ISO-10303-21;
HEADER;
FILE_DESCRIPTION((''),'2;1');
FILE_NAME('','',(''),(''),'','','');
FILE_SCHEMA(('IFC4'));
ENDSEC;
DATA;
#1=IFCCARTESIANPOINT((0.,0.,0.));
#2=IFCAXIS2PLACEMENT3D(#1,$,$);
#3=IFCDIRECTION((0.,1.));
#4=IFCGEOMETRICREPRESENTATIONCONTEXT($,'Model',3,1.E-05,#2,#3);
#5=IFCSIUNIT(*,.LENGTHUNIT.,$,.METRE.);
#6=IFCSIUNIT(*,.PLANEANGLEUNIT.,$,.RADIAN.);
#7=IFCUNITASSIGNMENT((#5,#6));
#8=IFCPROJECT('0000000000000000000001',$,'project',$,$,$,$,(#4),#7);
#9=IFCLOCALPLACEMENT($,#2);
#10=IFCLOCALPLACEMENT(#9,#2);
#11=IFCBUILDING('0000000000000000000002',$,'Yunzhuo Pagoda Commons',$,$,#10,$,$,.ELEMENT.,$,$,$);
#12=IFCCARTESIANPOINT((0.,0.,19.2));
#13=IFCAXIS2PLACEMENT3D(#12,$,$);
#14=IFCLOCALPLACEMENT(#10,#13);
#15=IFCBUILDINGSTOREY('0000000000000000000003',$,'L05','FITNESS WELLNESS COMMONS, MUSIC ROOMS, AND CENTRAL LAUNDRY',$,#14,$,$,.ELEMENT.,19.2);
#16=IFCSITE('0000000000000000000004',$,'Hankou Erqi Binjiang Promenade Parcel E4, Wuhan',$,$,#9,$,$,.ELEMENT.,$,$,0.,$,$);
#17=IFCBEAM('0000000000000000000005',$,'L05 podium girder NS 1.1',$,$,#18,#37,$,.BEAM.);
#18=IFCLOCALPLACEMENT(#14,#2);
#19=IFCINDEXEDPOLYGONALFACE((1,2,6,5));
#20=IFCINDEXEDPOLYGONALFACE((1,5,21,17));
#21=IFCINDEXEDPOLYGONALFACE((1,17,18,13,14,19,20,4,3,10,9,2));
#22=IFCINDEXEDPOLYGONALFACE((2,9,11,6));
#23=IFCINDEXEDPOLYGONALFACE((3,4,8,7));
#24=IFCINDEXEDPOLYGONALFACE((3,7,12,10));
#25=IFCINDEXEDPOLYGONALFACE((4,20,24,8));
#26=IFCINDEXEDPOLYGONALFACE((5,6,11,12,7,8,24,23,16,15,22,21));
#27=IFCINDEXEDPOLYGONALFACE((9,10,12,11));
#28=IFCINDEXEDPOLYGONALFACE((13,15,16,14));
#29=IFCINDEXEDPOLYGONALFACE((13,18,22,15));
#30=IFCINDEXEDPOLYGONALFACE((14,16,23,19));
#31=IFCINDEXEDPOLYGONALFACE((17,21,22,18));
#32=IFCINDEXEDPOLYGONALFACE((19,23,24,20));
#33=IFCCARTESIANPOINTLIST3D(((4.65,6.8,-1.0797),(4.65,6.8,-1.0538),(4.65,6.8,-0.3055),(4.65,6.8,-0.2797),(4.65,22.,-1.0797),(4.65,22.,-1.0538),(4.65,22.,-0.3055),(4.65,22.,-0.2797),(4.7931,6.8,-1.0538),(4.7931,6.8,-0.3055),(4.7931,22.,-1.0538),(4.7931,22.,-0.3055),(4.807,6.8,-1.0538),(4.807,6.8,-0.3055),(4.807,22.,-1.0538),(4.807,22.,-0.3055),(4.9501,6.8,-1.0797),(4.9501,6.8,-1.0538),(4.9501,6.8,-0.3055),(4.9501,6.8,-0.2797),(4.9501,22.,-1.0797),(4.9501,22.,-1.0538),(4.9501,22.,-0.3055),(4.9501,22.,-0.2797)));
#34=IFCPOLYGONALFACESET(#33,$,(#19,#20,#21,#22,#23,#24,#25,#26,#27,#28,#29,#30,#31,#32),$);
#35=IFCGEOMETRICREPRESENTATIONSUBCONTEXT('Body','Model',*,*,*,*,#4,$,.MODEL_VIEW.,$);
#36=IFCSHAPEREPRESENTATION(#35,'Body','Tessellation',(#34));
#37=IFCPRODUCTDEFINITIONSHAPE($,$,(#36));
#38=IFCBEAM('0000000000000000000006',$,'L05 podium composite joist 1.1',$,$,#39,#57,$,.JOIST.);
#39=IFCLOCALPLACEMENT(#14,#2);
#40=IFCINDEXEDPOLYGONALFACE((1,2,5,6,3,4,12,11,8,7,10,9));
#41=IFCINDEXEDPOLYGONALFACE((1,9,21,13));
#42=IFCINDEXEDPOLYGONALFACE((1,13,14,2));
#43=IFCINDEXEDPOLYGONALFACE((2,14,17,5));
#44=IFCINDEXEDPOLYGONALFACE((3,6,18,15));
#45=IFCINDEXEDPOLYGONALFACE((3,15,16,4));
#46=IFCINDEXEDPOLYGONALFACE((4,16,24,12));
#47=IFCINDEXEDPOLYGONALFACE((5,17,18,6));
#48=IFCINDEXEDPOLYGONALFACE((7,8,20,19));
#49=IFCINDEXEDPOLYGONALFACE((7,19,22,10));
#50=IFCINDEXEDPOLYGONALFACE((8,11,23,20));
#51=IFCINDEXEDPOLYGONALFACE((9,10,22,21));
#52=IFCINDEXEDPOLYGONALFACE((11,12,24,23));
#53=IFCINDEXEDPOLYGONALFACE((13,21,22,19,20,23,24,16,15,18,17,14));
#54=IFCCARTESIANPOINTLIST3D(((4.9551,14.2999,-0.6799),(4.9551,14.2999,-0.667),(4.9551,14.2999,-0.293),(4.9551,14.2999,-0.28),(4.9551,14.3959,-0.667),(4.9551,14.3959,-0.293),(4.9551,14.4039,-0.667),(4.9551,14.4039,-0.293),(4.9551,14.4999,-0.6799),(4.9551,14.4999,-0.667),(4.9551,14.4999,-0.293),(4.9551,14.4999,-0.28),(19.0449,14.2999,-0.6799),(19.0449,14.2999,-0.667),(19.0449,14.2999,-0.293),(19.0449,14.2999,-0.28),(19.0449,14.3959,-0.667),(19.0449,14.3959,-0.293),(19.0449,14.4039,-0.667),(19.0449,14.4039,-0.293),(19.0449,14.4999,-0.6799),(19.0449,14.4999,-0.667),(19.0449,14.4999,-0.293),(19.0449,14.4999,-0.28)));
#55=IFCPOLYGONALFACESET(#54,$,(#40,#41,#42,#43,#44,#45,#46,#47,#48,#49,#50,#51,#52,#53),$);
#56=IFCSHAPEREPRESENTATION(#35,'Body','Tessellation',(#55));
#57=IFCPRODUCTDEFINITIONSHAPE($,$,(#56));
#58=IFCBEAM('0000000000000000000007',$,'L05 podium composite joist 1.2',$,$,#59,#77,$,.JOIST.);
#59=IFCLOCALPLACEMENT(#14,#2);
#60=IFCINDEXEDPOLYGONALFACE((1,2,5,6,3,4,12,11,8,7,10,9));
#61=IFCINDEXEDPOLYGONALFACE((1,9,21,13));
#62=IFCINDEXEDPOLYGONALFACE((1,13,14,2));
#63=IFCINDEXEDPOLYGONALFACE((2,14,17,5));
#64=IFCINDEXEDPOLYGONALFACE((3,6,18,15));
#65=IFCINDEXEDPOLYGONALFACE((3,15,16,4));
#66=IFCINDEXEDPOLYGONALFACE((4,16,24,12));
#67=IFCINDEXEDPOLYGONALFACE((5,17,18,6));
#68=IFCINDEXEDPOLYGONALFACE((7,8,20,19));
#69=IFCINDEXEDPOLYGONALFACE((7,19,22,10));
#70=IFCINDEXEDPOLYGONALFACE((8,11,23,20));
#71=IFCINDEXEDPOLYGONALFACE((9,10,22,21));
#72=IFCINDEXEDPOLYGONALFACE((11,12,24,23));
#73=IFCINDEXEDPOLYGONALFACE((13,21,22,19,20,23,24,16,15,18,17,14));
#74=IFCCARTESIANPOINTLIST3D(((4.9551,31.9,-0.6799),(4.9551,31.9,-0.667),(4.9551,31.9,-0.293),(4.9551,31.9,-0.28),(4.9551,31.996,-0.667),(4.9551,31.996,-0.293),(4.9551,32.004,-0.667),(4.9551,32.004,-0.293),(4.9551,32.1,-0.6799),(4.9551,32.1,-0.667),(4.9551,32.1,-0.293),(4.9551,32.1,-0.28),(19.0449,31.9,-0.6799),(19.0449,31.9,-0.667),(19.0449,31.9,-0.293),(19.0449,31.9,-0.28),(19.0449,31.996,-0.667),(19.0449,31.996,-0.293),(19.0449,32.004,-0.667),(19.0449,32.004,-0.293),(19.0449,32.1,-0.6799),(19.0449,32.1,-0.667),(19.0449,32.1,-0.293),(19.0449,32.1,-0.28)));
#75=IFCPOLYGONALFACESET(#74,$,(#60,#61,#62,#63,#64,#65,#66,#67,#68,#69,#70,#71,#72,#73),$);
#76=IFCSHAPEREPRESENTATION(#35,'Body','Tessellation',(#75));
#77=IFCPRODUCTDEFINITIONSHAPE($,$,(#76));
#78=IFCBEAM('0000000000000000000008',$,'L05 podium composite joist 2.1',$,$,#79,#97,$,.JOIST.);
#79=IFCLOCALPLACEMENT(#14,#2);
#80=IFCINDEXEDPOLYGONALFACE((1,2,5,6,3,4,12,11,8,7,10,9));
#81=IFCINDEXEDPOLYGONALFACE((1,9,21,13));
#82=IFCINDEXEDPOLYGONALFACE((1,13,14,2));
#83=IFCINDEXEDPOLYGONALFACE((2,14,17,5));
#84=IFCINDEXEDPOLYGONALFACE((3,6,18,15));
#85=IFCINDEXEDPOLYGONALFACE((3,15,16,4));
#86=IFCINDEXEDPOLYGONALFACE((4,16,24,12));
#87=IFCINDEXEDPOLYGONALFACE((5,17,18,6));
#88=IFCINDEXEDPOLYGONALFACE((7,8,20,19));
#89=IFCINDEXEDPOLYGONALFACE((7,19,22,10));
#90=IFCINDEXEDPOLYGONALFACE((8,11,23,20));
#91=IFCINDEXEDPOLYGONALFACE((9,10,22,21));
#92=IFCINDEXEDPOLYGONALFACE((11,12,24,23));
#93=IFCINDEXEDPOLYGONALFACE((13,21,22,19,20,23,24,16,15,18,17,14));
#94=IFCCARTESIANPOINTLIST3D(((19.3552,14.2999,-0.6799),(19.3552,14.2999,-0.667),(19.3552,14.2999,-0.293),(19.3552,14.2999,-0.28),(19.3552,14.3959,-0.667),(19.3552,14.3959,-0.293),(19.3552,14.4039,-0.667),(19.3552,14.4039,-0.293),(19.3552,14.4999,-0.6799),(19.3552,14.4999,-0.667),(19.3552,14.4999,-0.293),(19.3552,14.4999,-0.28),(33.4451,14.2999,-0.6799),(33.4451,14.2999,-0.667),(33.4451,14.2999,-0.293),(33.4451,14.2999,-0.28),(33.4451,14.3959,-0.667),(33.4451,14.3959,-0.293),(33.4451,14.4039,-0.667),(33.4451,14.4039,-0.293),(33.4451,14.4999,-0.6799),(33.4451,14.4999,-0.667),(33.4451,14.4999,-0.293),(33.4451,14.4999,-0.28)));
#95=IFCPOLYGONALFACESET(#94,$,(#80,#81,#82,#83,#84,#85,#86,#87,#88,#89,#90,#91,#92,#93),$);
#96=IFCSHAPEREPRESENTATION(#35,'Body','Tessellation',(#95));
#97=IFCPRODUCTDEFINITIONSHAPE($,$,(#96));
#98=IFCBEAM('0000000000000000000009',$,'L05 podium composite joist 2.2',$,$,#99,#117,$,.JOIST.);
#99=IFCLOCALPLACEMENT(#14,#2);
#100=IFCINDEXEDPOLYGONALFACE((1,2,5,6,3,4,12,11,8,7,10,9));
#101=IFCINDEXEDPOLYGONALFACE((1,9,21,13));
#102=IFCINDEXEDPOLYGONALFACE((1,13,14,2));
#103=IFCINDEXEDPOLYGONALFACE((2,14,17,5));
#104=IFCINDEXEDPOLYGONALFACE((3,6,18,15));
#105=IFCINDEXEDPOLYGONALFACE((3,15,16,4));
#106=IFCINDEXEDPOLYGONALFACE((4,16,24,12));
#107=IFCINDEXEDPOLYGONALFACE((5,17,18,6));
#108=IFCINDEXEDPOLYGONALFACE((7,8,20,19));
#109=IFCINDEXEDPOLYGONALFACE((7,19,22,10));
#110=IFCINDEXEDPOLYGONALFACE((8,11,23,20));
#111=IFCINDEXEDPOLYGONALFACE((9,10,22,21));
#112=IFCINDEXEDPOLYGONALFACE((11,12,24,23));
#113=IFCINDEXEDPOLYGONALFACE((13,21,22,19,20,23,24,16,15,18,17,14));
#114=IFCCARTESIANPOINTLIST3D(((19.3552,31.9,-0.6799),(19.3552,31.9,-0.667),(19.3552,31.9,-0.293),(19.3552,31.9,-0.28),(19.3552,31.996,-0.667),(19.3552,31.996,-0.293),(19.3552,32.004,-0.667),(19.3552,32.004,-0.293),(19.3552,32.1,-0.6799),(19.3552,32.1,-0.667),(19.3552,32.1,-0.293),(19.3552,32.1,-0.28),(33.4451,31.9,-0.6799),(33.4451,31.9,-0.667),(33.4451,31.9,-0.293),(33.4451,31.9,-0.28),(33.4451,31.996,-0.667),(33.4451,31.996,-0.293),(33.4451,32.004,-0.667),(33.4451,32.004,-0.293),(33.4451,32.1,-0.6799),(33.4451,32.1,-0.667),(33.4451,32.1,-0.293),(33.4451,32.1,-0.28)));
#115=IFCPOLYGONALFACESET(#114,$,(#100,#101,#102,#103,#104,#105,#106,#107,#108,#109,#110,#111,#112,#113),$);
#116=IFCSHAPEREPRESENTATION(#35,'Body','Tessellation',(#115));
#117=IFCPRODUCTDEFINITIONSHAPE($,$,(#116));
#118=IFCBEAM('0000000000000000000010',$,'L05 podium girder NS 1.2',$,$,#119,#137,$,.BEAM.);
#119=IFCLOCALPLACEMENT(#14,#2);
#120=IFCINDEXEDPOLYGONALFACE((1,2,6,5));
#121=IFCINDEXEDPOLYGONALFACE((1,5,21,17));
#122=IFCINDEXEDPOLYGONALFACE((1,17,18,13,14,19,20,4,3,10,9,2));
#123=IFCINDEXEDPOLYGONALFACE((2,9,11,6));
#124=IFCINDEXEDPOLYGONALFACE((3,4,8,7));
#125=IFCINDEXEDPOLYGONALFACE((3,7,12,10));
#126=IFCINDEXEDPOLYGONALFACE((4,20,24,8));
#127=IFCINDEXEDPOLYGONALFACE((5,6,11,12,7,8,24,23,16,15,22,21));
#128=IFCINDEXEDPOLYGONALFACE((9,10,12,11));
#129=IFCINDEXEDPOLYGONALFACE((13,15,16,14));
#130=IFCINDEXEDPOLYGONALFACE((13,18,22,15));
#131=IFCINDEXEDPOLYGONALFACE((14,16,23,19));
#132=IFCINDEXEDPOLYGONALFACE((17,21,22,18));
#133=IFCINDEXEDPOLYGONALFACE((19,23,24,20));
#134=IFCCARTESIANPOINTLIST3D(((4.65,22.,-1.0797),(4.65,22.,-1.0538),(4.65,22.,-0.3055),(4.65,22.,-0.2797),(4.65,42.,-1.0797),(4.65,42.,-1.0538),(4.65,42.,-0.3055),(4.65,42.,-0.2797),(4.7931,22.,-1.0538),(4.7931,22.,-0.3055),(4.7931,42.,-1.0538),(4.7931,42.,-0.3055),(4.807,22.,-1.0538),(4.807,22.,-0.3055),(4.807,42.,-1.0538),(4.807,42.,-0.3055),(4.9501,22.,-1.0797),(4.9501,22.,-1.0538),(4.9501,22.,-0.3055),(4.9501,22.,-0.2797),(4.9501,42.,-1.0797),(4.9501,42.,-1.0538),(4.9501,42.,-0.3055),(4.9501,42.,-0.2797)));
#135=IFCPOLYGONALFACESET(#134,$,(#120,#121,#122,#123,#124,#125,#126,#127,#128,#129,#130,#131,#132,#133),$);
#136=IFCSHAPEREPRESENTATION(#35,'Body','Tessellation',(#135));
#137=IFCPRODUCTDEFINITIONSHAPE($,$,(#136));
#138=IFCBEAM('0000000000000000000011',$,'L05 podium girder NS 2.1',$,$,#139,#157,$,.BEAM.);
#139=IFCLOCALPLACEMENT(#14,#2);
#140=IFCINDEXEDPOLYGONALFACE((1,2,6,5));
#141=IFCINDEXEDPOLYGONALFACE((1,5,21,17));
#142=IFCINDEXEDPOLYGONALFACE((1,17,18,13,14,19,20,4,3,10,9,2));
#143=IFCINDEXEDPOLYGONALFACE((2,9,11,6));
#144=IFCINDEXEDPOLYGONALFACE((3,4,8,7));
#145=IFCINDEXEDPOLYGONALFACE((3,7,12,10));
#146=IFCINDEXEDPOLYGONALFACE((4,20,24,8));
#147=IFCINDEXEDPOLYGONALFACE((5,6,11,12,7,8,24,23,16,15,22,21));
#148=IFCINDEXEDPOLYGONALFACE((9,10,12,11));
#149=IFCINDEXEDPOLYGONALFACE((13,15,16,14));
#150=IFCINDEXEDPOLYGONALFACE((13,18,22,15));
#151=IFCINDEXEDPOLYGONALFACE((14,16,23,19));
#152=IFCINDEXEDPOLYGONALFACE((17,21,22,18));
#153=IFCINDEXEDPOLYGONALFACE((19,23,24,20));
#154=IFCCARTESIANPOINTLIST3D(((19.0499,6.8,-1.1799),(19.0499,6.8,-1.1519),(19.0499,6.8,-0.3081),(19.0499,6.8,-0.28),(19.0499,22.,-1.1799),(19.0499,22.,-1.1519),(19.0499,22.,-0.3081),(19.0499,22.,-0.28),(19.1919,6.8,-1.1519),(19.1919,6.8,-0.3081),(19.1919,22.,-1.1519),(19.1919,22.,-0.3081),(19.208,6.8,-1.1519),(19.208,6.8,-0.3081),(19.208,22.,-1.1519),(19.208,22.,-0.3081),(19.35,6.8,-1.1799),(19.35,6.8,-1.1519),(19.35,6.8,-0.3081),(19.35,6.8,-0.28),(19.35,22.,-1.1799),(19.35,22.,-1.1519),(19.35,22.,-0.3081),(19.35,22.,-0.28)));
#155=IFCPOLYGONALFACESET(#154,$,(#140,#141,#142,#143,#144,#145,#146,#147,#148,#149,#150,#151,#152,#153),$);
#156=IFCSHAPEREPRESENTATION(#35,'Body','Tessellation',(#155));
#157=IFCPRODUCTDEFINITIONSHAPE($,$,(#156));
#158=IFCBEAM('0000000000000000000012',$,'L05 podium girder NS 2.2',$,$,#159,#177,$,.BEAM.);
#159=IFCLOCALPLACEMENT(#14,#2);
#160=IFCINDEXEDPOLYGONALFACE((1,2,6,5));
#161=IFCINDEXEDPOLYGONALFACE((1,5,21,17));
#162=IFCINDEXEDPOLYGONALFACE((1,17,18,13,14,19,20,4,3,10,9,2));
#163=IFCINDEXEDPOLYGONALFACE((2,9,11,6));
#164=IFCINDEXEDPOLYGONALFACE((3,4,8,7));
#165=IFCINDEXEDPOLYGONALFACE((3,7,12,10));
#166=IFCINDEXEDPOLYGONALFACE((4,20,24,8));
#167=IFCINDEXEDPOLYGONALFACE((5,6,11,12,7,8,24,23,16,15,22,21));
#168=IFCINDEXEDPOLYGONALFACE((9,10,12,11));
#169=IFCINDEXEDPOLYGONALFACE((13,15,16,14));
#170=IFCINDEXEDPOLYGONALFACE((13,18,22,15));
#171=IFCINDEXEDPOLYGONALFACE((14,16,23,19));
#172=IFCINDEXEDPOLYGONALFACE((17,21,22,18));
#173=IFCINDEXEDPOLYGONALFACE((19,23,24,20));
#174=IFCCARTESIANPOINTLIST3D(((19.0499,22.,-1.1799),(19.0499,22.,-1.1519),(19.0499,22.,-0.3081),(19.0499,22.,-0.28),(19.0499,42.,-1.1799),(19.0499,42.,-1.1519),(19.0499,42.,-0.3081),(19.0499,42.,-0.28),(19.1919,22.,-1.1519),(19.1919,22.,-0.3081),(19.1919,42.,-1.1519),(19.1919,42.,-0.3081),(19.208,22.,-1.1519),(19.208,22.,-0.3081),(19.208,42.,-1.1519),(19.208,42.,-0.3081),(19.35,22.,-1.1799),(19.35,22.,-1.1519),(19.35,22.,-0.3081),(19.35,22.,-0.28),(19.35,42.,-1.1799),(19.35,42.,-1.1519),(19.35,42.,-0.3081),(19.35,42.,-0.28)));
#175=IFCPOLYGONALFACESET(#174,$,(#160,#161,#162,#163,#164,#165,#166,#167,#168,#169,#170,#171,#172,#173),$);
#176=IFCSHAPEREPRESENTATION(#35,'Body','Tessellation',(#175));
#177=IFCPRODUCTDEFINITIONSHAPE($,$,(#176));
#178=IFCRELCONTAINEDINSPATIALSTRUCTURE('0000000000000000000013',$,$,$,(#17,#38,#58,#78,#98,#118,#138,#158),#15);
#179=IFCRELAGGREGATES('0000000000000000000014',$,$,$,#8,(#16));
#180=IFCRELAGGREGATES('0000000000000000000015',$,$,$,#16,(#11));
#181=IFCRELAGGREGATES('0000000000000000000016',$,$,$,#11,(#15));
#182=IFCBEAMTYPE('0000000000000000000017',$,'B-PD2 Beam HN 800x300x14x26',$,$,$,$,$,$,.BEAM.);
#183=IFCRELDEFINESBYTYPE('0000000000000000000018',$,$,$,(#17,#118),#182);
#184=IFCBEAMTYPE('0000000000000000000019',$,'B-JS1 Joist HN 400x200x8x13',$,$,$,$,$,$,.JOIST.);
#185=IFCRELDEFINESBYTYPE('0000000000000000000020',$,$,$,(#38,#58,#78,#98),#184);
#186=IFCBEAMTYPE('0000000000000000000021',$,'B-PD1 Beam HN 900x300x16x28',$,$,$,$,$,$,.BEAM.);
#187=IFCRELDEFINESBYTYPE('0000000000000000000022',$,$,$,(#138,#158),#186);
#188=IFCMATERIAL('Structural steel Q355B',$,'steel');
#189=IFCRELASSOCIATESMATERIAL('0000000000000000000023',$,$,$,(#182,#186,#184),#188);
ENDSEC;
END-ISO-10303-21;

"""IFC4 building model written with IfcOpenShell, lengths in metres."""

from ifc_helpers import new_model, si_unit, direction, frame, origin, origin_2d, place, context, subcontext, project, spatial, i_section, extrude, source, transform, mapped, material, material_profile, profile_set, type_object, element, save


model = new_model("IFC4")

# Units and contexts
model_context = context("Model", 3, precision=1e-05, world=origin(), true_north=direction((0.0, 1.0)))
body_context = subcontext(model_context, "Body", "Model", "MODEL_VIEW")
ifc_project = project(units=[si_unit("LENGTHUNIT", "METRE"), si_unit("PLANEANGLEUNIT", "RADIAN")], contexts=[model_context])

# Site, building, storey
site_placement = place(None, origin())
site = spatial("IfcSite", under=ifc_project, at=site_placement, Name="Hankou Erqi Binjiang Promenade Parcel E4, Wuhan", CompositionType="ELEMENT", RefElevation=0.0)
building_placement = place(site_placement, origin())
building = spatial("IfcBuilding", under=site, at=building_placement, Name="Yunzhuo Pagoda Commons", CompositionType="ELEMENT")
storey_placement = place(building_placement, frame((0.0, 0.0, 19.2)))
storey = spatial("IfcBuildingStorey", under=building, at=storey_placement, Name="L05", Description="FITNESS WELLNESS COMMONS, MUSIC ROOMS, AND CENTRAL LAUNDRY", CompositionType="ELEMENT", Elevation=19.2)

# Beams
ifc_material_1 = material(Name="Structural steel Q355B", Category="steel")
ifc_material_profile_1 = material_profile(ifc_material_1, i_section(OverallWidth=0.3, OverallDepth=0.8, WebThickness=0.0139, FlangeThickness=0.0259, at=origin_2d()), Name="Structural steel Q355B")
ifc_profile_set_1 = profile_set([ifc_material_profile_1], Name="Structural steel Q355B")
beam_type_1 = type_object("IfcBeamType", Name="B-PD2 Beam HN 800x300x14x26", PredefinedType="BEAM", material=ifc_profile_set_1)
ifc_material_profile_2 = material_profile(ifc_material_1, i_section(OverallWidth=0.3, OverallDepth=0.8999, WebThickness=0.0161, FlangeThickness=0.0281, at=origin_2d()), Name="Structural steel Q355B")
ifc_profile_set_2 = profile_set([ifc_material_profile_2], Name="Structural steel Q355B")
beam_type_2 = type_object("IfcBeamType", Name="B-PD1 Beam HN 900x300x16x28", PredefinedType="BEAM", material=ifc_profile_set_2)
shared_shape_1 = source(origin(), body_context, "Body", "SweptSolid", [
    extrude(i_section(OverallWidth=0.3, OverallDepth=0.8, WebThickness=0.0139, FlangeThickness=0.0259, at=origin_2d()), origin(), (0.0, 0.0, 1.0), 15.2),
])
beam_1_placement = place(storey_placement, frame((4.8, 6.8, -0.6797), z_axis=(0.0, 1.0, 0.0), x_axis=(-1.0, 0.0, 0.0)))
element("IfcBeam", 1, at=beam_1_placement, inside=storey, type_object=beam_type_1, Name="L05 podium girder NS 1.1", PredefinedType="BEAM", context=body_context, shape_type="MappedRepresentation", body=[
    mapped(shared_shape_1, transform((0.0, 0.0, 0.0), scale=1.0)),
])
ifc_material_profile_3 = material_profile(ifc_material_1, i_section(OverallWidth=0.2, OverallDepth=0.3999, WebThickness=0.0081, FlangeThickness=0.0129, at=origin_2d()), Name="Structural steel Q355B")
ifc_profile_set_3 = profile_set([ifc_material_profile_3], Name="Structural steel Q355B")
beam_type_3 = type_object("IfcBeamType", Name="B-JS1 Joist HN 400x200x8x13", PredefinedType="JOIST", material=ifc_profile_set_3)
shared_shape_2 = source(origin(), body_context, "Body", "SweptSolid", [
    extrude(i_section(OverallWidth=0.2, OverallDepth=0.3999, WebThickness=0.0081, FlangeThickness=0.0129, at=origin_2d()), origin(), (0.0, 0.0, 1.0), 14.0898),
])
for number, where, z_axis, x_axis, name in (
    (2, (4.9551, 14.3999, -0.48), (1.0, 0.0, 0.0), (0.0, 1.0, 0.0), "L05 podium composite joist 1.1"),
    (3, (4.9551, 32.0, -0.48), (1.0, 0.0, 0.0), (0.0, 1.0, 0.0), "L05 podium composite joist 1.2"),
    (4, (19.3552, 14.3999, -0.48), (1.0, 0.0, 0.0), (0.0, 1.0, 0.0), "L05 podium composite joist 2.1"),
    (5, (19.3552, 32.0, -0.48), (1.0, 0.0, 0.0), (0.0, 1.0, 0.0), "L05 podium composite joist 2.2"),
):
    element("IfcBeam", number, at=place(storey_placement, frame(where, z_axis=z_axis, x_axis=x_axis)), inside=storey, type_object=beam_type_3, Name=name, PredefinedType="JOIST", context=body_context, shape_type="MappedRepresentation", body=[
        mapped(shared_shape_2, transform((0.0, 0.0, 0.0), scale=1.0)),
    ])
shared_shape_3 = source(origin(), body_context, "Body", "SweptSolid", [
    extrude(i_section(OverallWidth=0.3, OverallDepth=0.8, WebThickness=0.0139, FlangeThickness=0.0259, at=origin_2d()), origin(), (0.0, 0.0, 1.0), 20.0),
])
beam_2_placement = place(storey_placement, frame((4.8, 22.0, -0.6797), z_axis=(0.0, 1.0, 0.0), x_axis=(-1.0, 0.0, 0.0)))
element("IfcBeam", 6, at=beam_2_placement, inside=storey, type_object=beam_type_1, Name="L05 podium girder NS 1.2", PredefinedType="BEAM", context=body_context, shape_type="MappedRepresentation", body=[
    mapped(shared_shape_3, transform((0.0, 0.0, 0.0), scale=1.0)),
])
shared_shape_4 = source(origin(), body_context, "Body", "SweptSolid", [
    extrude(i_section(OverallWidth=0.3, OverallDepth=0.8999, WebThickness=0.0161, FlangeThickness=0.0281, at=origin_2d()), origin(), (0.0, 0.0, 1.0), 15.2),
])
beam_3_placement = place(storey_placement, frame((19.2, 6.8, -0.73), z_axis=(0.0, 1.0, 0.0), x_axis=(-1.0, 0.0, 0.0)))
element("IfcBeam", 7, at=beam_3_placement, inside=storey, type_object=beam_type_2, Name="L05 podium girder NS 2.1", PredefinedType="BEAM", context=body_context, shape_type="MappedRepresentation", body=[
    mapped(shared_shape_4, transform((0.0, 0.0, 0.0), scale=1.0)),
])
shared_shape_5 = source(origin(), body_context, "Body", "SweptSolid", [
    extrude(i_section(OverallWidth=0.3, OverallDepth=0.8999, WebThickness=0.0161, FlangeThickness=0.0281, at=origin_2d()), origin(), (0.0, 0.0, 1.0), 20.0),
])
beam_4_placement = place(storey_placement, frame((19.2, 22.0, -0.73), z_axis=(0.0, 1.0, 0.0), x_axis=(-1.0, 0.0, 0.0)))
element("IfcBeam", 8, at=beam_4_placement, inside=storey, type_object=beam_type_2, Name="L05 podium girder NS 2.2", PredefinedType="BEAM", context=body_context, shape_type="MappedRepresentation", body=[
    mapped(shared_shape_5, transform((0.0, 0.0, 0.0), scale=1.0)),
])

save(model, "model.ifc")
